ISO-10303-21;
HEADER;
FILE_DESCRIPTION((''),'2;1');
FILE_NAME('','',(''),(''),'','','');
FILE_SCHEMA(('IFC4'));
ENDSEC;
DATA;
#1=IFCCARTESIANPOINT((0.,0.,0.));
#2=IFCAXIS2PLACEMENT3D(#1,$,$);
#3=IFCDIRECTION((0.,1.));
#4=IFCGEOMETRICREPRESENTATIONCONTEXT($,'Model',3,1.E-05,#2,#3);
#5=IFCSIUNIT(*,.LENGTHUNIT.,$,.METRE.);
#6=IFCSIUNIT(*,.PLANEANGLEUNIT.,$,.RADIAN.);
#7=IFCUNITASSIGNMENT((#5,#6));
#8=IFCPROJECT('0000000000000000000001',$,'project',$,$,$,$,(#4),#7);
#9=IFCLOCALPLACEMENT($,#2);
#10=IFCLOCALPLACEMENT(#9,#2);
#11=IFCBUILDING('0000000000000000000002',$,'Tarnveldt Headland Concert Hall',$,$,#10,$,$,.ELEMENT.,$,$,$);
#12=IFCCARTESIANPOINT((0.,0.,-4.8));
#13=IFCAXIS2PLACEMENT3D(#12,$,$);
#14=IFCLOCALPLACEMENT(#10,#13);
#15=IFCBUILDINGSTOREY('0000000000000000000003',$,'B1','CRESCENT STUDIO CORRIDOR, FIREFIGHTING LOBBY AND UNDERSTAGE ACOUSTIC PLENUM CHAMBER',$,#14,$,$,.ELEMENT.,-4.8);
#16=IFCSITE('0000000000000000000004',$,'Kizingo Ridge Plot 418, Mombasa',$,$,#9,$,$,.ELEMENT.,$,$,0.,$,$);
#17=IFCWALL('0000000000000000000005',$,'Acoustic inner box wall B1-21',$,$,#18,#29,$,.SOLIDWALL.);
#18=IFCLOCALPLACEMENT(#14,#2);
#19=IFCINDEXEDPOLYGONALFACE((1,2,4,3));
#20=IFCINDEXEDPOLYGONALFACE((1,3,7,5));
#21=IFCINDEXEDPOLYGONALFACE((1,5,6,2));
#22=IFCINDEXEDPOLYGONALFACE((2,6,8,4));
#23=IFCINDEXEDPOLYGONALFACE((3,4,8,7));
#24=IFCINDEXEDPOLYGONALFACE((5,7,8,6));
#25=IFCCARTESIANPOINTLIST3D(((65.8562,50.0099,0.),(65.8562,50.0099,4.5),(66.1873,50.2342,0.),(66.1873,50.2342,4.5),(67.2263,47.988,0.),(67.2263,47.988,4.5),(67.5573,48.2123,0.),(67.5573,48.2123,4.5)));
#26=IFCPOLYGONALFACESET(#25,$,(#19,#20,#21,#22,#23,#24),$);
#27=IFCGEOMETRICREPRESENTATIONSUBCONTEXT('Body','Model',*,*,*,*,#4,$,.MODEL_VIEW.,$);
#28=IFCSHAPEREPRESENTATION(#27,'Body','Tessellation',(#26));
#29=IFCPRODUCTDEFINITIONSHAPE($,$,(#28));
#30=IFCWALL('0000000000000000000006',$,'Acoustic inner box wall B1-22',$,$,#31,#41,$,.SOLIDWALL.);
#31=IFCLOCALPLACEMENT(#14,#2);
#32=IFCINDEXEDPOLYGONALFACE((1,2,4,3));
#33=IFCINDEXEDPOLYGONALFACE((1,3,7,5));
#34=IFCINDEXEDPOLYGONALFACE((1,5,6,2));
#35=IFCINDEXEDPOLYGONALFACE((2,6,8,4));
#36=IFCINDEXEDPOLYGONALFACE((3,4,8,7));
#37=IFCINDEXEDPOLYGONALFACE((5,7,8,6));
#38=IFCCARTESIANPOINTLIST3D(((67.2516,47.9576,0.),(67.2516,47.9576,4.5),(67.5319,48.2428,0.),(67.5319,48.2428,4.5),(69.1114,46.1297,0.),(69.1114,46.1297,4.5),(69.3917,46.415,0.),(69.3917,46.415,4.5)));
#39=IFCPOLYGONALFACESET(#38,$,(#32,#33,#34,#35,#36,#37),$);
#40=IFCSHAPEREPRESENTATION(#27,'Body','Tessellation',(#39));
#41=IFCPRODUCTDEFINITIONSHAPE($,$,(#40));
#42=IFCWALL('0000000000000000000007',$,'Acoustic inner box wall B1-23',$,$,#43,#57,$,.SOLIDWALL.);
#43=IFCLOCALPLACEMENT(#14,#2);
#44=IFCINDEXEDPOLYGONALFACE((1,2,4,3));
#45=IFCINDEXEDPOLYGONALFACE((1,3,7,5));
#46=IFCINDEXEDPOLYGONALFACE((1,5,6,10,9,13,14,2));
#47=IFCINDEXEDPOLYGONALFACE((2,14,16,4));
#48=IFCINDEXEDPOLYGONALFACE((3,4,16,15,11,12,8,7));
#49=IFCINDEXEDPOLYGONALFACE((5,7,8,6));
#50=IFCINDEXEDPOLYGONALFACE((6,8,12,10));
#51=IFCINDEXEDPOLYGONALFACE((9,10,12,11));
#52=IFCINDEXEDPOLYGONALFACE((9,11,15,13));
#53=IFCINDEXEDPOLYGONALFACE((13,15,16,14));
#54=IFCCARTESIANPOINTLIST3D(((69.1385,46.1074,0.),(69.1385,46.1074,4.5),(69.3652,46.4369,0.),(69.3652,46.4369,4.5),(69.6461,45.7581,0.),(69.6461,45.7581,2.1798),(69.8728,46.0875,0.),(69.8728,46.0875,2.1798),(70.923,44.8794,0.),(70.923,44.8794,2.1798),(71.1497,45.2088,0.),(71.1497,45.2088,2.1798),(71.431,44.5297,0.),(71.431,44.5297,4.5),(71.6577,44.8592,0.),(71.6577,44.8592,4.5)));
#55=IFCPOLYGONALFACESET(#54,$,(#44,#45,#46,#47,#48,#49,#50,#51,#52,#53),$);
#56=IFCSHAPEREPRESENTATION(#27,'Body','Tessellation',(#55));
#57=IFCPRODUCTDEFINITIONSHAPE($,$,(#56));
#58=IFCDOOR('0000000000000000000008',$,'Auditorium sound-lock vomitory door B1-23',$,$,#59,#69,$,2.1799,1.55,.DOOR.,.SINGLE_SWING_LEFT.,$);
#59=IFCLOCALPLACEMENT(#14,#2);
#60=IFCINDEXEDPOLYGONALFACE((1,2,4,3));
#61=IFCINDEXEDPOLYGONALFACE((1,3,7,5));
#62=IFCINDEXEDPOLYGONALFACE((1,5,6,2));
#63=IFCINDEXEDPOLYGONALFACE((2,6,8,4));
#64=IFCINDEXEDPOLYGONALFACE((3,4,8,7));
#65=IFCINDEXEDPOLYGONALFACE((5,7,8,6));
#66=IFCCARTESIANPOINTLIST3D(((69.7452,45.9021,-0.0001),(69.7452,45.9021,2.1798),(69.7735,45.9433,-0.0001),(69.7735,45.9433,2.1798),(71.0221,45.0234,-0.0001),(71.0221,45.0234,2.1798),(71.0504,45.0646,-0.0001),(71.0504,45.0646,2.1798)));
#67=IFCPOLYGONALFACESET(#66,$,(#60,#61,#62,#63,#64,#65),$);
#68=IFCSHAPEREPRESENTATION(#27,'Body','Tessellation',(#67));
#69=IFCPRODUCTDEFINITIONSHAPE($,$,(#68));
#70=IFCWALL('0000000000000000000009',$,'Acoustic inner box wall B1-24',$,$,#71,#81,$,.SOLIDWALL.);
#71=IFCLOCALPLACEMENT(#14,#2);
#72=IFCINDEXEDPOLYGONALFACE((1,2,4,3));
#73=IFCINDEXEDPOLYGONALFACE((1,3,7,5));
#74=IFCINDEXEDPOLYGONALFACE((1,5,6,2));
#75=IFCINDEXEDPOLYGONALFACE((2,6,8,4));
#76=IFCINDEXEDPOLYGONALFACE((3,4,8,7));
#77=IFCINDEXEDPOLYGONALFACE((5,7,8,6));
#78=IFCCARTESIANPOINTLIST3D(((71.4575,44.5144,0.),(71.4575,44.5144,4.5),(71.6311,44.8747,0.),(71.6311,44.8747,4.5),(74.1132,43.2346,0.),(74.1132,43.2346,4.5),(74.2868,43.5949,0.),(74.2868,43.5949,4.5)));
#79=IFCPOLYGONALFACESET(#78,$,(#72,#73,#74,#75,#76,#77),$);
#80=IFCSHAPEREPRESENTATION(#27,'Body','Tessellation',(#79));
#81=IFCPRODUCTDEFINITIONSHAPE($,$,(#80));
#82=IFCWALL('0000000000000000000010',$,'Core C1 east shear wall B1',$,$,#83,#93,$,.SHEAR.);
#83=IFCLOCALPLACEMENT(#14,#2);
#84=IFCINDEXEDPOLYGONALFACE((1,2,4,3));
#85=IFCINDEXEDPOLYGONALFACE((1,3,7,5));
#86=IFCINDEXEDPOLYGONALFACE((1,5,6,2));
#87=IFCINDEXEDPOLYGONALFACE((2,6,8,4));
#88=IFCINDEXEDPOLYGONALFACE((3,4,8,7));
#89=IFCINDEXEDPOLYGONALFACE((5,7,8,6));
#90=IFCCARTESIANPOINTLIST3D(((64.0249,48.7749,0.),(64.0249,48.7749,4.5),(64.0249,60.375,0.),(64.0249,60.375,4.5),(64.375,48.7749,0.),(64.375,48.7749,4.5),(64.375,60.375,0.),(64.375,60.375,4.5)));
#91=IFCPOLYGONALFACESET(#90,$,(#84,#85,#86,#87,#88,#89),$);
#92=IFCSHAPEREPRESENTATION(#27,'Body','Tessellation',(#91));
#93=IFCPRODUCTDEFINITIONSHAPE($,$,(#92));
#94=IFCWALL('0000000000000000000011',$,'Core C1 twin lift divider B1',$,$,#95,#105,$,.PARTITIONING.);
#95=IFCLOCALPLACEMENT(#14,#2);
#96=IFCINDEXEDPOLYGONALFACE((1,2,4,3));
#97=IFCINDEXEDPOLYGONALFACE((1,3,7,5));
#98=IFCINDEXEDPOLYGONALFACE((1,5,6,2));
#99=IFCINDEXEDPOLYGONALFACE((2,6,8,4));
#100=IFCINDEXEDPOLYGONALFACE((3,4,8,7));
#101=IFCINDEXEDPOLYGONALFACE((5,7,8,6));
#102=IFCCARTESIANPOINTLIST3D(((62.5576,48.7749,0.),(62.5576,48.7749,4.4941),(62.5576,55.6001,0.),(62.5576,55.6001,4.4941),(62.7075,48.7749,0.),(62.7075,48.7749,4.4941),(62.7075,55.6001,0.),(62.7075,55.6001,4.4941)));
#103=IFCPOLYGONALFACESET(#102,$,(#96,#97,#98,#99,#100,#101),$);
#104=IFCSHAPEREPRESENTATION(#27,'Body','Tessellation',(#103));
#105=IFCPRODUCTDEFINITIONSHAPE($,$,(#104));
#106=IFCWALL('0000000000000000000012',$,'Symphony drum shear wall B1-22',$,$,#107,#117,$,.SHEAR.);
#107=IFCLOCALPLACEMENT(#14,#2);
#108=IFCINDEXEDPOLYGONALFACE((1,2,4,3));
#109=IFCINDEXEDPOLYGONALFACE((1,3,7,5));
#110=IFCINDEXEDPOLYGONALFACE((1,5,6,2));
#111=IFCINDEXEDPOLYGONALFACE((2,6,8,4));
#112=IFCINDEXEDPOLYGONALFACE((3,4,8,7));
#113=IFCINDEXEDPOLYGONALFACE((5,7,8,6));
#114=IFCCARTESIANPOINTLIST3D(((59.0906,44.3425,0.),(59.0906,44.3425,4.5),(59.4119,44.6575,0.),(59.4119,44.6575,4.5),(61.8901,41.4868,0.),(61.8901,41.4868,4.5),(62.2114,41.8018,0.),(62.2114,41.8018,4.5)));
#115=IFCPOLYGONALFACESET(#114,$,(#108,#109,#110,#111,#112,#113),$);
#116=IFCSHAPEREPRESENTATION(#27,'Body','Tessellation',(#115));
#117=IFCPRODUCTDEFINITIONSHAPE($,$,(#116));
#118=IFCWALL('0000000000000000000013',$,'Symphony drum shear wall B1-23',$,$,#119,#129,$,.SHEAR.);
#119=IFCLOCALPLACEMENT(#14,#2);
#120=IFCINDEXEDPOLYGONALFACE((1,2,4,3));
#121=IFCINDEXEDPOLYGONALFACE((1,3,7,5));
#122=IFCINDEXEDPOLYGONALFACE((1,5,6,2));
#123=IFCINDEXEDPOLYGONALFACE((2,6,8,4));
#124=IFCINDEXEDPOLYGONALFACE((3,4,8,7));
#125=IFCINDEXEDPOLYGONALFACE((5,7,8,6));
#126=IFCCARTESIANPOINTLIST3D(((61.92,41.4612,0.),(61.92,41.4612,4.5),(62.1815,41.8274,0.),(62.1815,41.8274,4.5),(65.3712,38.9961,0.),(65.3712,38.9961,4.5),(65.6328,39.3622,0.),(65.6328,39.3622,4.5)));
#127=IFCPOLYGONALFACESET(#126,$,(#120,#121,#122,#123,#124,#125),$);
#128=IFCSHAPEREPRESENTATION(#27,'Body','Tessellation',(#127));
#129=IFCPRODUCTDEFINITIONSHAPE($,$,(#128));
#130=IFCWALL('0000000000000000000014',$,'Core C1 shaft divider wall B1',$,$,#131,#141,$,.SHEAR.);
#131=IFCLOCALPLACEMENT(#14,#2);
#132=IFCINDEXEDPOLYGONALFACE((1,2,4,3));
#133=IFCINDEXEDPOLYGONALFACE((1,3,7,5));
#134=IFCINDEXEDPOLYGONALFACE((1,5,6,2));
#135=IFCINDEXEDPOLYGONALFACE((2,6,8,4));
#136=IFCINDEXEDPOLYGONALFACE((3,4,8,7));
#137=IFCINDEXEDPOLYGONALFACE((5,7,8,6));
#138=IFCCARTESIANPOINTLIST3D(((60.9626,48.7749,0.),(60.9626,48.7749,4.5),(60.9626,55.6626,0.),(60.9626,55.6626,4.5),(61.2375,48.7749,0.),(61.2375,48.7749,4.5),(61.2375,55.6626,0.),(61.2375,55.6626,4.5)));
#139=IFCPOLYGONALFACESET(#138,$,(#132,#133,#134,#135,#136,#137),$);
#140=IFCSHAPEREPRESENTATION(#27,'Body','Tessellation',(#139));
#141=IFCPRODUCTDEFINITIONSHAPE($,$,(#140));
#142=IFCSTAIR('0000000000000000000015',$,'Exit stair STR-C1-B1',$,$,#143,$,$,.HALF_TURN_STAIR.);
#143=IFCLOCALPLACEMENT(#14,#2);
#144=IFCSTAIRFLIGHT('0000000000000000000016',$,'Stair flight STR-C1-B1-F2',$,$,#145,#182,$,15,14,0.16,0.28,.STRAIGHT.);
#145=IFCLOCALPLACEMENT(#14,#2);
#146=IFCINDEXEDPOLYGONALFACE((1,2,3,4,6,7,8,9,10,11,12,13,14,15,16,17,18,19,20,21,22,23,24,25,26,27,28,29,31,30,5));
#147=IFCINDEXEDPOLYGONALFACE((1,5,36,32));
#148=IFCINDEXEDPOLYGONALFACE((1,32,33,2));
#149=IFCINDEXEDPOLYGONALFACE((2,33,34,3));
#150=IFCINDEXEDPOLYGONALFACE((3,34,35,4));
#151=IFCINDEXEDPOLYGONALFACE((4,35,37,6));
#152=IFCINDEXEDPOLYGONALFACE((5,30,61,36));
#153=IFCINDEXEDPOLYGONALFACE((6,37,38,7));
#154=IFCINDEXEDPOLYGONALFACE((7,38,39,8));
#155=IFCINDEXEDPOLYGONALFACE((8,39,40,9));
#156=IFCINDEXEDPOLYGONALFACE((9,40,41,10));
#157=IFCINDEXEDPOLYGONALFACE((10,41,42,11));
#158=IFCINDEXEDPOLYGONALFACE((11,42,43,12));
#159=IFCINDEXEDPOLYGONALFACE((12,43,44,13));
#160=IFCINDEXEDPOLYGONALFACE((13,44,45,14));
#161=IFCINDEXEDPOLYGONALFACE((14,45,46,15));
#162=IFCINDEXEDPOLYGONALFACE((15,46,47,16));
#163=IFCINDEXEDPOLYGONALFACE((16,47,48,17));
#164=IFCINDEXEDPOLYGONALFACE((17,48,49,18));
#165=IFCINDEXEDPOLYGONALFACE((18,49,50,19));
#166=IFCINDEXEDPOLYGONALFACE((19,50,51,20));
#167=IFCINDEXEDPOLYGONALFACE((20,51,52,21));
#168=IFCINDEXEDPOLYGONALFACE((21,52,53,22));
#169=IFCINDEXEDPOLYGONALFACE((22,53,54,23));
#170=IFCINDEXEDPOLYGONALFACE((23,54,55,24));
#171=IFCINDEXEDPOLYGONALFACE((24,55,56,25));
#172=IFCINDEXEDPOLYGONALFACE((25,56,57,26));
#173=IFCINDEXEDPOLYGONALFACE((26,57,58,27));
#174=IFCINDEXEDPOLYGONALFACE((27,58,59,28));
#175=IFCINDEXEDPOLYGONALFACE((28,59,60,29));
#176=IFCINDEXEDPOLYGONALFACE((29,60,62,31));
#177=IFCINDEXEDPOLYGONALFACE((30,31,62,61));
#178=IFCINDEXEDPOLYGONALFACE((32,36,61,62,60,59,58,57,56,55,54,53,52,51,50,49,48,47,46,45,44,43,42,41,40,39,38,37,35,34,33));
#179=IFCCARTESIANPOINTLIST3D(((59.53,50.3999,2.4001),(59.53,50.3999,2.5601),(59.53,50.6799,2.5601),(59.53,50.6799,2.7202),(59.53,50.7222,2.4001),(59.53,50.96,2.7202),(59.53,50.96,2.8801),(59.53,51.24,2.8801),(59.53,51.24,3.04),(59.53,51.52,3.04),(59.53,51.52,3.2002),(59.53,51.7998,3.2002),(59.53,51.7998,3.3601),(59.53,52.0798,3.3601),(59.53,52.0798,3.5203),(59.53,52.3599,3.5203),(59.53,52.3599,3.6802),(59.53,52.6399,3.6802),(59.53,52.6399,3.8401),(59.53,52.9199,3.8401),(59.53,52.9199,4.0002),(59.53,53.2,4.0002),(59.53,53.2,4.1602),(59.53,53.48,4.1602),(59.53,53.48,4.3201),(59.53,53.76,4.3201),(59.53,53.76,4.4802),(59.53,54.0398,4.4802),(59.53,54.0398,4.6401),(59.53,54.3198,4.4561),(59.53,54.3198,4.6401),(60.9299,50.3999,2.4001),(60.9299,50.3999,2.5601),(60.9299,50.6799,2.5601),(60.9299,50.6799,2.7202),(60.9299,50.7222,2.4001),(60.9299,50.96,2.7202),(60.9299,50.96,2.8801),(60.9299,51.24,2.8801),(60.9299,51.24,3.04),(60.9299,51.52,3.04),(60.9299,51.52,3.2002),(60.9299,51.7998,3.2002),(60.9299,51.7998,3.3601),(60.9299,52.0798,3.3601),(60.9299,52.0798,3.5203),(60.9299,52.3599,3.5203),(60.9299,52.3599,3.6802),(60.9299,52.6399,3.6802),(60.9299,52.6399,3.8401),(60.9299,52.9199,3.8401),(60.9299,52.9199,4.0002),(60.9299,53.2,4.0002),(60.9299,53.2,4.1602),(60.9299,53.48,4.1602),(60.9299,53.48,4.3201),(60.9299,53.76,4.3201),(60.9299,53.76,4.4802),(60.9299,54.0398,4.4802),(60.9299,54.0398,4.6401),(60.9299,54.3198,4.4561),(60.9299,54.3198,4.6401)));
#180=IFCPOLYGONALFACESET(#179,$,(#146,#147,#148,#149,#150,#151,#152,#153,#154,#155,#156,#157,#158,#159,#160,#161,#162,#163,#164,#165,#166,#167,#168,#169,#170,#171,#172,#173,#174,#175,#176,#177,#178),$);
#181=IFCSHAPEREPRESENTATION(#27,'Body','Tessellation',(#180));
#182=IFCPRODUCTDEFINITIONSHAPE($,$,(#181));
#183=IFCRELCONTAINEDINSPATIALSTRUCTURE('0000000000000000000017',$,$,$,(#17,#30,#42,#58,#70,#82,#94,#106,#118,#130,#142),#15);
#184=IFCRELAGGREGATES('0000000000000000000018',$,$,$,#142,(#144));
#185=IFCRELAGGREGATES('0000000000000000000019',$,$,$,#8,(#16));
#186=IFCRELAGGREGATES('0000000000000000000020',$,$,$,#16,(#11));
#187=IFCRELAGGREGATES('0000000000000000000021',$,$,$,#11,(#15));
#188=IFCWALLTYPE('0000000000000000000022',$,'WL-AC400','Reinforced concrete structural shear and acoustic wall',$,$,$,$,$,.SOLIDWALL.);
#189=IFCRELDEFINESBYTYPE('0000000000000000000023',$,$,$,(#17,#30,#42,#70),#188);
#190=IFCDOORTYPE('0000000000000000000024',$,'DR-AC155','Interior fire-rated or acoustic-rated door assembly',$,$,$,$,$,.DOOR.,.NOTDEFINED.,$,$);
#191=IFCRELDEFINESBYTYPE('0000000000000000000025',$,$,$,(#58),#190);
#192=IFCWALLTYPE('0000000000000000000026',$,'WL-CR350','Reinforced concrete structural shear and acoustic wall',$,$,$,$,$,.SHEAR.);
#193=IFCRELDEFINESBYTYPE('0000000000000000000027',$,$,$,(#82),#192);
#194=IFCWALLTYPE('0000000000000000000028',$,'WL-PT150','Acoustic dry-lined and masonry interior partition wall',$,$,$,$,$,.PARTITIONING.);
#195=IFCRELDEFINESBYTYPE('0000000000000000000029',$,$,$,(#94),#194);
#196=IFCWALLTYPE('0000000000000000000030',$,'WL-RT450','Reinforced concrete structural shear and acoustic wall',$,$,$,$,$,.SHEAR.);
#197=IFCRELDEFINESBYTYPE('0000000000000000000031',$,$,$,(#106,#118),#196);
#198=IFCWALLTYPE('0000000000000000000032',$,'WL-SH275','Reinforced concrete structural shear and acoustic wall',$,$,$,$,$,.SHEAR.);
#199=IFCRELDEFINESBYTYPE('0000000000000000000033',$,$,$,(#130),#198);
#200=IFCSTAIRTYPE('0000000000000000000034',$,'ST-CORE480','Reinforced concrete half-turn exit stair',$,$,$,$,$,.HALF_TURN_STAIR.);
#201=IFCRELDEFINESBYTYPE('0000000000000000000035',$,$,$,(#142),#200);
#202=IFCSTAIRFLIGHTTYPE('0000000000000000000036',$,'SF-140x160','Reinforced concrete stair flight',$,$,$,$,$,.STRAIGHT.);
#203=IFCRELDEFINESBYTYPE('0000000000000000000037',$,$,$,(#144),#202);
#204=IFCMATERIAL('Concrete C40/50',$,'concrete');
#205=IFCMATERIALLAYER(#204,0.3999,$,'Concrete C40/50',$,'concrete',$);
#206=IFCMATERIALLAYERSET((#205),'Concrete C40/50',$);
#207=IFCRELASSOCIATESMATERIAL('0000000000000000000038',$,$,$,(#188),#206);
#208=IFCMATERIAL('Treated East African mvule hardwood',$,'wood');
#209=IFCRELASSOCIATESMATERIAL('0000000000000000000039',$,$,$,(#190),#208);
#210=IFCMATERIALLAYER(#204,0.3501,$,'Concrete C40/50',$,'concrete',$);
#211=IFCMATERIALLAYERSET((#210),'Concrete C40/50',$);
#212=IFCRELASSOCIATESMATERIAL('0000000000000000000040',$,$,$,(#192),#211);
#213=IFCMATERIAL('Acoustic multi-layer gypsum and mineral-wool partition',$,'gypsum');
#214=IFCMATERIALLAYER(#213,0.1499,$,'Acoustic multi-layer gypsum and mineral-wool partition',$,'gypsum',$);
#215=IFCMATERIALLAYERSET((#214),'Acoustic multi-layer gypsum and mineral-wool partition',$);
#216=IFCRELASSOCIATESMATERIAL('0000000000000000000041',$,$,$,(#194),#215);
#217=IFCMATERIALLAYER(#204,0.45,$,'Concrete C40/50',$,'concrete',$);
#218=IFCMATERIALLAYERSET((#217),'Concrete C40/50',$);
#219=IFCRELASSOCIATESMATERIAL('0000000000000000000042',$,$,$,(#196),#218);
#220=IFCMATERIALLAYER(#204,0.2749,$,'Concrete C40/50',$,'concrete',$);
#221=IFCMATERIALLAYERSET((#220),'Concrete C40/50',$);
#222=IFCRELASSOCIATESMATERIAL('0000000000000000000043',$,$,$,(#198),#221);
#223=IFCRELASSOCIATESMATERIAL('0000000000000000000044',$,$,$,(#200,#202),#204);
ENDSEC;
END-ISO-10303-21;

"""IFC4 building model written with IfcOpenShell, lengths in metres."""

from ifc_helpers import new_model, si_unit, direction, frame, frame_2d, origin, place, context, subcontext, project, spatial, polyline, rectangle, outline, extrude, material, layer, layer_set, type_object, element, fill, aggregate, save


model = new_model("IFC4")

# Units and contexts
model_context = context("Model", 3, precision=1e-05, world=origin(), true_north=direction((0.0, 1.0)))
body_context = subcontext(model_context, "Body", "Model", "MODEL_VIEW")
ifc_project = project(units=[si_unit("LENGTHUNIT", "METRE"), si_unit("PLANEANGLEUNIT", "RADIAN")], contexts=[model_context])

# Site, building, storey
site_placement = place(None, origin())
site = spatial("IfcSite", under=ifc_project, at=site_placement, Name="Kizingo Ridge Plot 418, Mombasa", CompositionType="ELEMENT", RefElevation=0.0)
building_placement = place(site_placement, origin())
building = spatial("IfcBuilding", under=site, at=building_placement, Name="Tarnveldt Headland Concert Hall", CompositionType="ELEMENT")
storey_placement = place(building_placement, frame((0.0, 0.0, -4.8)))
storey = spatial("IfcBuildingStorey", under=building, at=storey_placement, Name="B1", Description="CRESCENT STUDIO CORRIDOR, FIREFIGHTING LOBBY AND UNDERSTAGE ACOUSTIC PLENUM CHAMBER", CompositionType="ELEMENT", Elevation=-4.8)

# Shared definitions
ifc_material_1 = material(Name="Concrete C40/50", Category="concrete")

# Walls
ifc_layer_1 = layer(ifc_material_1, 0.3999, Name="Concrete C40/50", Category="concrete")
ifc_layer_set_1 = layer_set([ifc_layer_1], Name="Concrete C40/50")
wall_type_1 = type_object("IfcWallType", Name="WL-AC400", Description="Reinforced concrete structural shear and acoustic wall", PredefinedType="SOLIDWALL", material=ifc_layer_set_1)
wall_1_placement = place(storey_placement, frame((66.0217, 50.1221, 0.0), z_axis=(0.0, 0.0, 1.0), x_axis=(0.560959, -0.827844, 0.0)))
element("IfcWall", 1, at=wall_1_placement, inside=storey, type_object=wall_type_1, Name="Acoustic inner box wall B1-21", PredefinedType="SOLIDWALL", context=body_context, shape_type="SweptSolid", body=[
    extrude(rectangle(XDim=2.4424, YDim=0.3999, at=frame_2d((1.2212, 0.0))), origin(), (0.0, 0.0, 1.0), 4.5),
])
wall_2_placement = place(storey_placement, frame((67.3918, 48.1001, 0.0), z_axis=(0.0, 0.0, 1.0), x_axis=(0.713212, -0.700948, 0.0)))
element("IfcWall", 2, at=wall_2_placement, inside=storey, type_object=wall_type_1, Name="Acoustic inner box wall B1-22", PredefinedType="SOLIDWALL", context=body_context, shape_type="SweptSolid", body=[
    extrude(rectangle(XDim=2.6077, YDim=0.3999, at=frame_2d((1.3037, 0.0))), origin(), (0.0, 0.0, 1.0), 4.5),
])

# Wall, opening, door
wall_3_placement = place(storey_placement, frame((69.2517, 46.2722, 0.0), z_axis=(0.0, 0.0, 1.0), x_axis=(0.823781, -0.566909, 0.0)))
wall_3 = element("IfcWall", 3, at=wall_3_placement, inside=storey, type_object=wall_type_1, Name="Acoustic inner box wall B1-23", PredefinedType="SOLIDWALL", context=body_context, shape_type="SweptSolid", body=[
    extrude(rectangle(XDim=2.783, YDim=0.3999, at=frame_2d((1.3916, 0.0))), origin(), (0.0, 0.0, 1.0), 4.5),
])
opening_placement = place(wall_3_placement, frame((0.6165, 0.0, 0.0)))
opening = element("IfcOpeningElement", 4, at=opening_placement, cuts=wall_3, PredefinedType="OPENING", context=body_context, shape_type="SweptSolid", body=[
    extrude(rectangle(XDim=1.55, YDim=2.1799, at=frame_2d((0.7749, 1.0898))), frame((0.0, 0.21, 0.0), z_axis=(0.0, -1.0, 0.0), x_axis=(1.0, 0.0, 0.0)), (0.0, 0.0, 1.0), 0.4199),
])
ifc_material_2 = material(Name="Treated East African mvule hardwood", Category="wood")
door_type = type_object("IfcDoorType", Name="DR-AC155", Description="Interior fire-rated or acoustic-rated door assembly", OperationType="NOTDEFINED", PredefinedType="DOOR", material=ifc_material_2)
door_placement = place(opening_placement, origin())
door = element("IfcDoor", 5, at=door_placement, inside=storey, type_object=door_type, Name="Auditorium sound-lock vomitory door B1-23", OperationType="SINGLE_SWING_LEFT", OverallHeight=2.1799, OverallWidth=1.55, PredefinedType="DOOR", context=body_context, shape_type="SweptSolid", body=[
    extrude(rectangle(XDim=1.55, YDim=2.1799, at=frame_2d((0.7749, 1.0898))), frame((0.0, 0.0249, 0.0), z_axis=(0.0, -1.0, 0.0), x_axis=(1.0, 0.0, 0.0)), (0.0, 0.0, 1.0), 0.05),
])
fill(opening, door)

# Walls
wall_4_placement = place(storey_placement, frame((71.5442, 44.6946, 0.0), z_axis=(0.0, 0.0, 1.0), x_axis=(0.900858, -0.434114, 0.0)))
element("IfcWall", 6, at=wall_4_placement, inside=storey, type_object=wall_type_1, Name="Acoustic inner box wall B1-24", PredefinedType="SOLIDWALL", context=body_context, shape_type="SweptSolid", body=[
    extrude(rectangle(XDim=2.948, YDim=0.3999, at=frame_2d((1.4741, 0.0))), origin(), (0.0, 0.0, 1.0), 4.5),
])
ifc_layer_2 = layer(ifc_material_1, 0.3501, Name="Concrete C40/50", Category="concrete")
ifc_layer_set_2 = layer_set([ifc_layer_2], Name="Concrete C40/50")
wall_type_2 = type_object("IfcWallType", Name="WL-CR350", Description="Reinforced concrete structural shear and acoustic wall", PredefinedType="SHEAR", material=ifc_layer_set_2)
wall_5_placement = place(storey_placement, frame((64.2, 48.7749, 0.0), z_axis=(0.0, 0.0, 1.0), x_axis=(0.0, 1.0, 0.0)))
element("IfcWall", 7, at=wall_5_placement, inside=storey, type_object=wall_type_2, Name="Core C1 east shear wall B1", PredefinedType="SHEAR", context=body_context, shape_type="SweptSolid", body=[
    extrude(rectangle(XDim=11.6001, YDim=0.3501, at=frame_2d((5.8, 0.0))), origin(), (0.0, 0.0, 1.0), 4.5),
])
ifc_material_3 = material(Name="Acoustic multi-layer gypsum and mineral-wool partition", Category="gypsum")
ifc_layer_3 = layer(ifc_material_3, 0.1499, Name="Acoustic multi-layer gypsum and mineral-wool partition", Category="gypsum")
ifc_layer_set_3 = layer_set([ifc_layer_3], Name="Acoustic multi-layer gypsum and mineral-wool partition")
wall_type_3 = type_object("IfcWallType", Name="WL-PT150", Description="Acoustic dry-lined and masonry interior partition wall", PredefinedType="PARTITIONING", material=ifc_layer_set_3)
wall_6_placement = place(storey_placement, frame((62.6326, 48.7749, 0.0), z_axis=(0.0, 0.0, 1.0), x_axis=(0.0, 1.0, 0.0)))
element("IfcWall", 8, at=wall_6_placement, inside=storey, type_object=wall_type_3, Name="Core C1 twin lift divider B1", PredefinedType="PARTITIONING", context=body_context, shape_type="SweptSolid", body=[
    extrude(rectangle(XDim=6.8252, YDim=0.1499, at=frame_2d((3.4126, 0.0))), origin(), (0.0, 0.0, 1.0), 4.4941),
])
ifc_layer_4 = layer(ifc_material_1, 0.45, Name="Concrete C40/50", Category="concrete")
ifc_layer_set_4 = layer_set([ifc_layer_4], Name="Concrete C40/50")
wall_type_4 = type_object("IfcWallType", Name="WL-RT450", Description="Reinforced concrete structural shear and acoustic wall", PredefinedType="SHEAR", material=ifc_layer_set_4)
wall_7_placement = place(storey_placement, frame((59.2512, 44.5, 0.0), z_axis=(0.0, 0.0, 1.0), x_axis=(0.700051, -0.714093, 0.0)))
element("IfcWall", 9, at=wall_7_placement, inside=storey, type_object=wall_type_4, Name="Symphony drum shear wall B1-22", PredefinedType="SHEAR", context=body_context, shape_type="SweptSolid", body=[
    extrude(rectangle(XDim=3.999, YDim=0.45, at=frame_2d((1.9995, 0.0))), origin(), (0.0, 0.0, 1.0), 4.5),
])
wall_8_placement = place(storey_placement, frame((62.0508, 41.6443, 0.0), z_axis=(0.0, 0.0, 1.0), x_axis=(0.813737, -0.581233, 0.0)))
element("IfcWall", 10, at=wall_8_placement, inside=storey, type_object=wall_type_4, Name="Symphony drum shear wall B1-23", PredefinedType="SHEAR", context=body_context, shape_type="SweptSolid", body=[
    extrude(rectangle(XDim=4.2412, YDim=0.45, at=frame_2d((2.1206, 0.0))), origin(), (0.0, 0.0, 1.0), 4.5),
])
ifc_layer_5 = layer(ifc_material_1, 0.2749, Name="Concrete C40/50", Category="concrete")
ifc_layer_set_5 = layer_set([ifc_layer_5], Name="Concrete C40/50")
wall_type_5 = type_object("IfcWallType", Name="WL-SH275", Description="Reinforced concrete structural shear and acoustic wall", PredefinedType="SHEAR", material=ifc_layer_set_5)
wall_9_placement = place(storey_placement, frame((61.1001, 48.7749, 0.0), z_axis=(0.0, 0.0, 1.0), x_axis=(0.0, 1.0, 0.0)))
element("IfcWall", 11, at=wall_9_placement, inside=storey, type_object=wall_type_5, Name="Core C1 shaft divider wall B1", PredefinedType="SHEAR", context=body_context, shape_type="SweptSolid", body=[
    extrude(rectangle(XDim=6.8877, YDim=0.2749, at=frame_2d((3.4438, 0.0))), origin(), (0.0, 0.0, 1.0), 4.5),
])

# Stair, stair flight
stair_type = type_object("IfcStairType", Name="ST-CORE480", Description="Reinforced concrete half-turn exit stair", PredefinedType="HALF_TURN_STAIR", material=ifc_material_1)
stair_placement = place(storey_placement, origin())
stair = element("IfcStair", 12, at=stair_placement, inside=storey, type_object=stair_type, Name="Exit stair STR-C1-B1", PredefinedType="HALF_TURN_STAIR")
stair_flight_type = type_object("IfcStairFlightType", Name="SF-140x160", Description="Reinforced concrete stair flight", PredefinedType="STRAIGHT", material=ifc_material_1)
stair_flight_placement = place(storey_placement, frame((60.23, 50.3999, 2.4001), z_axis=(0.0, 0.0, 1.0), x_axis=(0.0, 1.0, 0.0)))
stair_flight = element("IfcStairFlight", 13, at=stair_flight_placement, type_object=stair_flight_type, Name="Stair flight STR-C1-B1-F2", NumberOfRisers=15, NumberOfTreads=14, PredefinedType="STRAIGHT", RiserHeight=0.16, TreadLength=0.28, context=body_context, shape_type="SweptSolid", body=[
    extrude(outline(polyline([(0.0, 0.0), (0.0, 0.1599), (0.28, 0.1599), (0.28, 0.3201), (0.5601, 0.3201), (0.5601, 0.48), (0.8401, 0.48), (0.8401, 0.6399), (1.1201, 0.6399), (1.1201, 0.8), (1.3999, 0.8), (1.3999, 0.96), (1.6799, 0.96), (1.6799, 1.1201), (1.96, 1.1201), (1.96, 1.28), (2.24, 1.28), (2.24, 1.4399), (2.52, 1.4399), (2.52, 1.6001), (2.8, 1.6001), (2.8, 1.76), (3.0801, 1.76), (3.0801, 1.9199), (3.3601, 1.9199), (3.3601, 2.0801), (3.6399, 2.0801), (3.6399, 2.24), (3.9199, 2.24), (3.9199, 2.3999), (3.9199, 2.0559), (0.3223, 0.0), (0.0, 0.0)])), frame((0.0, 0.7, 0.0), z_axis=(0.0, -1.0, 0.0), x_axis=(1.0, 0.0, 0.0)), (0.0, 0.0, 1.0), 1.3999),
])
aggregate(stair, [stair_flight])

save(model, "model.ifc")
